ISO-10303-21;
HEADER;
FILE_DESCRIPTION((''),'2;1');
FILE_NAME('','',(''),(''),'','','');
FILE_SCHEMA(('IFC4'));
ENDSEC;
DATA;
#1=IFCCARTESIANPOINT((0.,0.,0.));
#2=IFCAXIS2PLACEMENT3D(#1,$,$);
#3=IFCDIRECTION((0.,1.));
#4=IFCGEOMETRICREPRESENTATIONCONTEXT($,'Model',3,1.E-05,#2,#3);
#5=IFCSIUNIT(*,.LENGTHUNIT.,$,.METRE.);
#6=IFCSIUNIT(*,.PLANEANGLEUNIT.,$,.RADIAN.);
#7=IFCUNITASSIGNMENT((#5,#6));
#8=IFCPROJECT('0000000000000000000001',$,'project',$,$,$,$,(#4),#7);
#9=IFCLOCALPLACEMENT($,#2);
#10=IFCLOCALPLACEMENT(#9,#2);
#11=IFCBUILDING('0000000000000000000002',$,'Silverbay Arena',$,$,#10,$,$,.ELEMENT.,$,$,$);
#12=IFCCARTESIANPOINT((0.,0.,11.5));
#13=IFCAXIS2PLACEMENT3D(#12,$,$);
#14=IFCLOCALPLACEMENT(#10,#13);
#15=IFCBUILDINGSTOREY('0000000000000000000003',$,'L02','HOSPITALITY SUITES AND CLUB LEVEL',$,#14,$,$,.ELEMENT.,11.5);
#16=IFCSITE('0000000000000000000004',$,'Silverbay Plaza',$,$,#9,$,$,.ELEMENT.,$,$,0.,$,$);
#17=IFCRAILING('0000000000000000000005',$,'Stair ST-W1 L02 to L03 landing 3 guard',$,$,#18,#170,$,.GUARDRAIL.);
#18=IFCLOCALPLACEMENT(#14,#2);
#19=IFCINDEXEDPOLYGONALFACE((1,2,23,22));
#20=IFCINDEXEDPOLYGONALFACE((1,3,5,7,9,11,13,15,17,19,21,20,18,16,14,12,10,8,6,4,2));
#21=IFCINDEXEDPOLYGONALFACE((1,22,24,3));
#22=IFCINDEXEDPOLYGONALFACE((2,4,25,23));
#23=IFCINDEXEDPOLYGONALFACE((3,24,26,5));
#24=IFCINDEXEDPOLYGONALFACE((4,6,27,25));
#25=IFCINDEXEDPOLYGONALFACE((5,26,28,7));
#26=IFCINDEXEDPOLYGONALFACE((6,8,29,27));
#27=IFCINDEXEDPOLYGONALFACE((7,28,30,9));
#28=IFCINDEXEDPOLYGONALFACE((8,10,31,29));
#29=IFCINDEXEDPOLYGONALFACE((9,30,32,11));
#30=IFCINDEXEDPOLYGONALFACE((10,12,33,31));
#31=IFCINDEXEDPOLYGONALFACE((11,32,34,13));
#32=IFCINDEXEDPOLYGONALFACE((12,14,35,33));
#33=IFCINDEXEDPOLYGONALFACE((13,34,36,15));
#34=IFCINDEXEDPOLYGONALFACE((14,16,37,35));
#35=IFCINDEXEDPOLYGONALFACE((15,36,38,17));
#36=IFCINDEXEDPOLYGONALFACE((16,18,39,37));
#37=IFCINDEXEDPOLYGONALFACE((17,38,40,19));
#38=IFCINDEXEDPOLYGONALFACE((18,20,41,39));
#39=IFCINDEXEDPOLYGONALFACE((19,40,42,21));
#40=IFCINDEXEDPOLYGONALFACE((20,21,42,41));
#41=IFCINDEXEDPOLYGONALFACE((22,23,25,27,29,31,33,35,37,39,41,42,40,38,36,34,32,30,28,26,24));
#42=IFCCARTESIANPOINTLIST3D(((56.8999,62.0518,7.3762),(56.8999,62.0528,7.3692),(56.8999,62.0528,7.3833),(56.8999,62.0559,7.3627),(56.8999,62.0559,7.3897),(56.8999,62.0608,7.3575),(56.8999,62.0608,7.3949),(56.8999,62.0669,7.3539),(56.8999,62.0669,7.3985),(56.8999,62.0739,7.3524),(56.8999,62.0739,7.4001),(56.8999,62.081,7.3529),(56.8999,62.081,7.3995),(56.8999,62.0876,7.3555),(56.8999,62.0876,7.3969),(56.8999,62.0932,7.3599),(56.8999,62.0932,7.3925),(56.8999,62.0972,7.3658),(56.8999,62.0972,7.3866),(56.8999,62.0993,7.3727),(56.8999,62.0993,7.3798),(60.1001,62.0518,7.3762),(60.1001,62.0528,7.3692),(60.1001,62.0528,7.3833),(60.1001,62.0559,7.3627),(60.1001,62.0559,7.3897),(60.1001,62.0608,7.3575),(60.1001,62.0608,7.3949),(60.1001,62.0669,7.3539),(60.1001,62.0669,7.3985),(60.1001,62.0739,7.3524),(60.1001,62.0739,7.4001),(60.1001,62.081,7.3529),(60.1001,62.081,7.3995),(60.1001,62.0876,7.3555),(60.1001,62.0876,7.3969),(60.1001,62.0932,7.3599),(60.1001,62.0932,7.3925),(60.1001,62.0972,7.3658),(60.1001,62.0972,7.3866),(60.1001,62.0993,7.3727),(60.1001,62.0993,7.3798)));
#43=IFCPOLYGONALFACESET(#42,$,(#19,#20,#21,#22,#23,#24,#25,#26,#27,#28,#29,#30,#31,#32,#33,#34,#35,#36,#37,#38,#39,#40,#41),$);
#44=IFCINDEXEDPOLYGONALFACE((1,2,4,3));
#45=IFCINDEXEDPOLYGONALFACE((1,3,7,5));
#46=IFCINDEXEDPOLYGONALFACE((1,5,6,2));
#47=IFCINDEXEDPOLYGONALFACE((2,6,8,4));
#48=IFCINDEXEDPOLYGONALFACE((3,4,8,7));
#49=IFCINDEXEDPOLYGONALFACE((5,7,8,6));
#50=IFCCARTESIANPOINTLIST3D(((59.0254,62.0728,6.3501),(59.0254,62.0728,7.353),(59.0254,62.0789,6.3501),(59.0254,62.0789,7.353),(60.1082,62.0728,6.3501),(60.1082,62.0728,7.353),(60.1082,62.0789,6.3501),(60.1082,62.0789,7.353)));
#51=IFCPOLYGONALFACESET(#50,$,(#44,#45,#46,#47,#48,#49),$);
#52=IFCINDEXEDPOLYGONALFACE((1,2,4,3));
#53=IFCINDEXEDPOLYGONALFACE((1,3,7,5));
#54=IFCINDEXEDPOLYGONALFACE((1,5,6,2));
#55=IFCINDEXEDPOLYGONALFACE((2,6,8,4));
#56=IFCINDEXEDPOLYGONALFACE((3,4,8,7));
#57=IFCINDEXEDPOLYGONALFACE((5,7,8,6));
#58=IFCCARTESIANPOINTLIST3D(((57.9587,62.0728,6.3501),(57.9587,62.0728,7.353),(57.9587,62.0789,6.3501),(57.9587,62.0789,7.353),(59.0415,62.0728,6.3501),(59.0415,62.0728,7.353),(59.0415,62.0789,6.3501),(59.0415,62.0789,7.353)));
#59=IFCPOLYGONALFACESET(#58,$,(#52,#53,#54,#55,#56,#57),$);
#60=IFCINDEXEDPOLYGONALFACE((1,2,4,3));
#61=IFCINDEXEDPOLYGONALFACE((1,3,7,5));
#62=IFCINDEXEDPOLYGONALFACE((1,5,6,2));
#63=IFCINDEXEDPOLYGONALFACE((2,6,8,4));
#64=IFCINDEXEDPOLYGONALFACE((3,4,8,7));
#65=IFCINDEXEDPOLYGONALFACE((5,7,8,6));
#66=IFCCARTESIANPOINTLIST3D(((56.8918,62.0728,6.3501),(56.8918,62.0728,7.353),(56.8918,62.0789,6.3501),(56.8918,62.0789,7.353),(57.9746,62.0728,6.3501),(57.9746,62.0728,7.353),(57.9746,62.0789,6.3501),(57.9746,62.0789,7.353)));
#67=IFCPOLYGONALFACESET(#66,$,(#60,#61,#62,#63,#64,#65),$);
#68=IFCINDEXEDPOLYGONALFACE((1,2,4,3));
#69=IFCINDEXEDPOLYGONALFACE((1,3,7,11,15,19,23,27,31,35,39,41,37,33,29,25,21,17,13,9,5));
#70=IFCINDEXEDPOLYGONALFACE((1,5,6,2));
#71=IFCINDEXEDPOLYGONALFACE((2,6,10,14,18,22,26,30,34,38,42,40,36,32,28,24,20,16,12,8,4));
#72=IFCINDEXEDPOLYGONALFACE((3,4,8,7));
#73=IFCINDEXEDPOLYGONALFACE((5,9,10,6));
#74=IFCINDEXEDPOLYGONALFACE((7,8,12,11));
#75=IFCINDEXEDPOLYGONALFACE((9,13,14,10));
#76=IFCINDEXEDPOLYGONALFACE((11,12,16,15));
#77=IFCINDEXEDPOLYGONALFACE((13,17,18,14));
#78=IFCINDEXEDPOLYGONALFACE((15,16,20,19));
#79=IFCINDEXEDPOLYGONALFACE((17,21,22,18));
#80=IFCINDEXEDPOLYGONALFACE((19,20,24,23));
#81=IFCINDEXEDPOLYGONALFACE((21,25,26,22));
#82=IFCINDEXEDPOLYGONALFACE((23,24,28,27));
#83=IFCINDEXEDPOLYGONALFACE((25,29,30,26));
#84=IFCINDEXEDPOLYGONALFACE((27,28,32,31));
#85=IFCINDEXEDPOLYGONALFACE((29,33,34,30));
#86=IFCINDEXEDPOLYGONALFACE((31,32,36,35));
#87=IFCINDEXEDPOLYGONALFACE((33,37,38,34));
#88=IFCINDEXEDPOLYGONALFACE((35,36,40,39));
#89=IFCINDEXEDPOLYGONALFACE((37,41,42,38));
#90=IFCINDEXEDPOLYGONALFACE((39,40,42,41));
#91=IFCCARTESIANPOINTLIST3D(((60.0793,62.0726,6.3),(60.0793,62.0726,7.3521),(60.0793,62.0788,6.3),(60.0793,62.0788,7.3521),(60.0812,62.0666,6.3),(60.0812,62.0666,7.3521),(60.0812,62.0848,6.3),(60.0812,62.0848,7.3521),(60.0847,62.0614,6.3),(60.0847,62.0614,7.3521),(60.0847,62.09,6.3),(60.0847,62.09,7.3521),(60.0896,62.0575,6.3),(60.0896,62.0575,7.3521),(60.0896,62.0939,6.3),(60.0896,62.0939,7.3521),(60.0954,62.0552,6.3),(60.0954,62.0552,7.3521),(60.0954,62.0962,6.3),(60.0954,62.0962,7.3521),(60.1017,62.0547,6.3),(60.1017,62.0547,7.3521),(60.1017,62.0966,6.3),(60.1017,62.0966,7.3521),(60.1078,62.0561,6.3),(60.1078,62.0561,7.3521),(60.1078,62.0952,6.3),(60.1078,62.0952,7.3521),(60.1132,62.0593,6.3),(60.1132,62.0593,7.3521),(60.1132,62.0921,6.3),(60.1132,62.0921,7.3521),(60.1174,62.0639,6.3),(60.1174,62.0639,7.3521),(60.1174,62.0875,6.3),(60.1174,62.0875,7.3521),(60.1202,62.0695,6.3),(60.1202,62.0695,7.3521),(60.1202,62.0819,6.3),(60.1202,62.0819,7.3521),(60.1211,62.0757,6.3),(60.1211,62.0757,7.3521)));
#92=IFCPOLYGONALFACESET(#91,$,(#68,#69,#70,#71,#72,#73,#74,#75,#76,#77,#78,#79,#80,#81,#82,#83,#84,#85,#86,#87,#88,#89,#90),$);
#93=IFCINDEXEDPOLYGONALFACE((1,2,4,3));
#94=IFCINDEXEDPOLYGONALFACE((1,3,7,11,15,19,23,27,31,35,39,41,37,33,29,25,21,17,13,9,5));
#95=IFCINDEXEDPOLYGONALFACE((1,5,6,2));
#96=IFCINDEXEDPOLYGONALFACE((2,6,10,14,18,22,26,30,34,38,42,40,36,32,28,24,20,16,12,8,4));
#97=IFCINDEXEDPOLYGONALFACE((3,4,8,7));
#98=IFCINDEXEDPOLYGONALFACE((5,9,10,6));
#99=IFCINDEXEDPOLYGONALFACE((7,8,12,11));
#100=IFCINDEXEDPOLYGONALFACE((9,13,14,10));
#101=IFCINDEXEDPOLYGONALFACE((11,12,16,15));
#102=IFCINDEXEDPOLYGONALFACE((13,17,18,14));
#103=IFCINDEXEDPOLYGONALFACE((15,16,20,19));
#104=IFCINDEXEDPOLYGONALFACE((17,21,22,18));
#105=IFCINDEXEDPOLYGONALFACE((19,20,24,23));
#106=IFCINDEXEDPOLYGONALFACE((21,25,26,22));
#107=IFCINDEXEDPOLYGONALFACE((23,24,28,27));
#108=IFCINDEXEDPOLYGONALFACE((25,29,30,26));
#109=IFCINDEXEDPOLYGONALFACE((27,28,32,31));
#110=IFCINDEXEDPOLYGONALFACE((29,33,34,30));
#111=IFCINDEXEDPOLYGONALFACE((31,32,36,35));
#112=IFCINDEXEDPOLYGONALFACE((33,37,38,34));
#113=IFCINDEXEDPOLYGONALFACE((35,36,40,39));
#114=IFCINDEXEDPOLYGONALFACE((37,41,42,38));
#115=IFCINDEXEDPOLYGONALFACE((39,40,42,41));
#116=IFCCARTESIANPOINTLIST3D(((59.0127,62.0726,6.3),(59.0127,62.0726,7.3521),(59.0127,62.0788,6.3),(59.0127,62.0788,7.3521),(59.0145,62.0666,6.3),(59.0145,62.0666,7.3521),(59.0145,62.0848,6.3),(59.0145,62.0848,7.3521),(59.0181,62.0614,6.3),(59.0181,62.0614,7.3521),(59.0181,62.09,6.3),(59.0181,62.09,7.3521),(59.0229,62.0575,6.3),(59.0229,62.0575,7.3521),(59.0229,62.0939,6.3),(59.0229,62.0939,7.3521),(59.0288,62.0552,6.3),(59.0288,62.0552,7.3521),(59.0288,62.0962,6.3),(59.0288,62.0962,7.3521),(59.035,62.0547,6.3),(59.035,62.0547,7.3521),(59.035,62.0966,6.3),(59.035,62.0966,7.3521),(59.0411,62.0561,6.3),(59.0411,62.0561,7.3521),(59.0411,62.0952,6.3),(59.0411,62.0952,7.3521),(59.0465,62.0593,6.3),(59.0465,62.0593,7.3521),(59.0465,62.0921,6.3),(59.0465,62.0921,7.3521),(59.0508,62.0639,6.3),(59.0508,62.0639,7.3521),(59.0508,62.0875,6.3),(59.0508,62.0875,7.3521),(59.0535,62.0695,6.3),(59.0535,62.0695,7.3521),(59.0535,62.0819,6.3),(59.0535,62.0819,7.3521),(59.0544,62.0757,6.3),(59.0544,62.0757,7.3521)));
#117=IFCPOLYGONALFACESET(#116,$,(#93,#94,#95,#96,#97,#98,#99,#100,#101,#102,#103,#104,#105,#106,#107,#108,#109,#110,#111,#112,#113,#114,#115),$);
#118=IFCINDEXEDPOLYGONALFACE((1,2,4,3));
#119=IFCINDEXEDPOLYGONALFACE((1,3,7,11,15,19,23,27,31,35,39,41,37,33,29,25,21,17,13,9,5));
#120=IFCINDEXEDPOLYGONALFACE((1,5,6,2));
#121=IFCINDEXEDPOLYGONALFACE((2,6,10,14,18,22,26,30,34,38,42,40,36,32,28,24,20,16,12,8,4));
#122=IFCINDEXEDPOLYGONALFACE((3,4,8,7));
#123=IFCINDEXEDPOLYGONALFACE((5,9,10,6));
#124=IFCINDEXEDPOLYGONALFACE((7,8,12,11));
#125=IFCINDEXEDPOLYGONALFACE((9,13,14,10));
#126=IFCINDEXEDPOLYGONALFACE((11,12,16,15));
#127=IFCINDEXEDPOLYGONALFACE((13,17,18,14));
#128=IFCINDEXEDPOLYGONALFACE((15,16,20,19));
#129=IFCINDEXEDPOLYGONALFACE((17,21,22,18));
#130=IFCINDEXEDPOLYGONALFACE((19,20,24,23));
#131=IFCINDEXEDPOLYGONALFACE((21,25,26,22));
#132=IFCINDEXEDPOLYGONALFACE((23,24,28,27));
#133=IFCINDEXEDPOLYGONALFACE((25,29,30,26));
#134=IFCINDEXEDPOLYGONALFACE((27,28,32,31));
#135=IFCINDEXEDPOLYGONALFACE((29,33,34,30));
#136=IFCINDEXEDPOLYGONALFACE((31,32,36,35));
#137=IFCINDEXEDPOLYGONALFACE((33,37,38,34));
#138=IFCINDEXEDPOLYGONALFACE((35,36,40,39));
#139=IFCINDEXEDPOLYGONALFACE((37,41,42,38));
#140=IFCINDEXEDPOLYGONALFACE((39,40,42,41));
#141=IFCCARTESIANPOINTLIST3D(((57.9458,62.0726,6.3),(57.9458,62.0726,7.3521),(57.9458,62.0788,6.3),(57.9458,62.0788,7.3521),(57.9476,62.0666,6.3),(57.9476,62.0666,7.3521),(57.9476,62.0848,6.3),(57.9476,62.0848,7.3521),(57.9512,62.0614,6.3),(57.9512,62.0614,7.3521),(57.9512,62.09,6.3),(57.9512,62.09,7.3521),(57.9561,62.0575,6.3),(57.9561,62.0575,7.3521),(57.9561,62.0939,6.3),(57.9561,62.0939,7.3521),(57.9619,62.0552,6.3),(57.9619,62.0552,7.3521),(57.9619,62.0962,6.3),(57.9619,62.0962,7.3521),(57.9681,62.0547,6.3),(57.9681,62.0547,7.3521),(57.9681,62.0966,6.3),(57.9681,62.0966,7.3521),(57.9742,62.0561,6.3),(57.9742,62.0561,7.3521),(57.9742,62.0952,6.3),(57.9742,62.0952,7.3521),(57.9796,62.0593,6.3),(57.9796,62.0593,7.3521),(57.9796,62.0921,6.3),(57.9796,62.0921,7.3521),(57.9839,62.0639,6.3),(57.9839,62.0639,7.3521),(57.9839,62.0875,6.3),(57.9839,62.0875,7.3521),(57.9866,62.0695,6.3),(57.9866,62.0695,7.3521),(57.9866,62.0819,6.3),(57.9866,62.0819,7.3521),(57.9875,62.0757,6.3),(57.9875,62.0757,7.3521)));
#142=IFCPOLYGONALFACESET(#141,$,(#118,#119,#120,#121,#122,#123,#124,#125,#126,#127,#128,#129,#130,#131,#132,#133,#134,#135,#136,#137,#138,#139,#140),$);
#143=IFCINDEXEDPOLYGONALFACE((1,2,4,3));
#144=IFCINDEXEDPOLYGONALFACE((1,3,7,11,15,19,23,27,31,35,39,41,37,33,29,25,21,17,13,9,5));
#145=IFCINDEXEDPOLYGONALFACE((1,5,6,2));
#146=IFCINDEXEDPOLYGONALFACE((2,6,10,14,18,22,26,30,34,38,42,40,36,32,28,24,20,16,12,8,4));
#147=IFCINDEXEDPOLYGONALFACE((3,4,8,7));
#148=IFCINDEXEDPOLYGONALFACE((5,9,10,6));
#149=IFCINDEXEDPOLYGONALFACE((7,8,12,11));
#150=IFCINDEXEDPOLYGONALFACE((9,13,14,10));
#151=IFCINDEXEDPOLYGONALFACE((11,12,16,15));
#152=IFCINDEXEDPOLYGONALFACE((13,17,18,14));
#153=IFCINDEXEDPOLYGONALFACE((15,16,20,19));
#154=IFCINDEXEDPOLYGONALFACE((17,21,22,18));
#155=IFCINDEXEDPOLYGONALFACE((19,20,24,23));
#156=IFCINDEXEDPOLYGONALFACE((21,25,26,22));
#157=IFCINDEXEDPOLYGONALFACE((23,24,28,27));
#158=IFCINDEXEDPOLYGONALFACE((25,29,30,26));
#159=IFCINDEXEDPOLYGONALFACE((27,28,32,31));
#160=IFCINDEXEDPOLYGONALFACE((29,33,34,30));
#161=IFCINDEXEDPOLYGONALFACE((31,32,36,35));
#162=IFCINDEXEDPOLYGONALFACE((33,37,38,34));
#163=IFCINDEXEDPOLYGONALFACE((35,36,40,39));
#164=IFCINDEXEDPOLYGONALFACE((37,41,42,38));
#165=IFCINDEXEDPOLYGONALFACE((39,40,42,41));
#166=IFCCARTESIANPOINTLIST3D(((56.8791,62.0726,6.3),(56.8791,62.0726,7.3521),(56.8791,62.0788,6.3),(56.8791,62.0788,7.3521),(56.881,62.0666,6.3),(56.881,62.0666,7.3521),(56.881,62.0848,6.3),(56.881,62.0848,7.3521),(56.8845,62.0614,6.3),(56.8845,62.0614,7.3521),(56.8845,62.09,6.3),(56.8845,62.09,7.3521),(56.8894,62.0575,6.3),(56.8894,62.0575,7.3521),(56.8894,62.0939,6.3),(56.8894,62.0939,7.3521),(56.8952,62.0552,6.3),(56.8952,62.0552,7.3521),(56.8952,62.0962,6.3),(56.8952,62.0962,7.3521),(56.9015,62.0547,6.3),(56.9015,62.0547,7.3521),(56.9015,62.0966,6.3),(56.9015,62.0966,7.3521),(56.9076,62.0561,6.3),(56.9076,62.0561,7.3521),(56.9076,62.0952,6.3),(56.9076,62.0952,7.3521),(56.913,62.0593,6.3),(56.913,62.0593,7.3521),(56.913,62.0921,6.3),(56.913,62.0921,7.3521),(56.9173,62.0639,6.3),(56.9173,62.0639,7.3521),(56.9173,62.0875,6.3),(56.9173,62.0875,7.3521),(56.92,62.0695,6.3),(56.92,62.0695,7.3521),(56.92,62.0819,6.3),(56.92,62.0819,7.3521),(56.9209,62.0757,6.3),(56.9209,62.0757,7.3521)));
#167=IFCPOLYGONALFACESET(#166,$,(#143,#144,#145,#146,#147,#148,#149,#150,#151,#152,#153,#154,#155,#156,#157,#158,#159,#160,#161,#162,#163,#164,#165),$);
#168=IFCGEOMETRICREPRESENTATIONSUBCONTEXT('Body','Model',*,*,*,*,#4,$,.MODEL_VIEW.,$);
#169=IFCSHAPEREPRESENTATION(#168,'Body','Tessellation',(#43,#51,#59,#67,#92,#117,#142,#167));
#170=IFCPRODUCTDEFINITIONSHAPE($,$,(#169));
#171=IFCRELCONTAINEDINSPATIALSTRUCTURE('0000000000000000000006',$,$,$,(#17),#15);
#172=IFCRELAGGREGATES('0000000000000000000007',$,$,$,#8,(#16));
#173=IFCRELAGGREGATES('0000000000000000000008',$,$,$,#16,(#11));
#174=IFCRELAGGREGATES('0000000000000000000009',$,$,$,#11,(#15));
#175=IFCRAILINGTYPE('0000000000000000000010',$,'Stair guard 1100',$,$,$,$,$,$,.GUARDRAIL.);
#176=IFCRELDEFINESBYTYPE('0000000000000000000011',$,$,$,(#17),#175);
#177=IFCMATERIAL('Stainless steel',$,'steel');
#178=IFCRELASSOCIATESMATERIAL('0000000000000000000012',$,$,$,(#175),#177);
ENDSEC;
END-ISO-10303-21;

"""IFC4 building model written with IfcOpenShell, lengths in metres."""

from ifc_helpers import new_model, si_unit, direction, frame, origin, origin_2d, place, context, subcontext, project, spatial, polyline, circle, outline, extrude, material, type_object, element, save


model = new_model("IFC4")

# Units and contexts
model_context = context("Model", 3, precision=1e-05, world=origin(), true_north=direction((0.0, 1.0)))
body_context = subcontext(model_context, "Body", "Model", "MODEL_VIEW")
ifc_project = project(units=[si_unit("LENGTHUNIT", "METRE"), si_unit("PLANEANGLEUNIT", "RADIAN")], contexts=[model_context])

# Site, building, storey
site_placement = place(None, origin())
site = spatial("IfcSite", under=ifc_project, at=site_placement, Name="Silverbay Plaza", CompositionType="ELEMENT", RefElevation=0.0)
building_placement = place(site_placement, origin())
building = spatial("IfcBuilding", under=site, at=building_placement, Name="Silverbay Arena", CompositionType="ELEMENT")
storey_placement = place(building_placement, frame((0.0, 0.0, 11.5)))
storey = spatial("IfcBuildingStorey", under=building, at=storey_placement, Name="L02", Description="HOSPITALITY SUITES AND CLUB LEVEL", CompositionType="ELEMENT", Elevation=11.5)

# Railing
ifc_material_1 = material(Name="Stainless steel", Category="steel")
railing_type_1 = type_object("IfcRailingType", Name="Stair guard 1100", PredefinedType="GUARDRAIL", material=ifc_material_1)
for number, where, name in (
    (1, (60.1001, 62.0757, 6.3), "Stair ST-W1 L02 to L03 landing 3 guard"),
):
    element("IfcRailing", number, at=place(storey_placement, frame(where)), inside=storey, type_object=railing_type_1, Name=name, PredefinedType="GUARDRAIL", context=body_context, shape_type="SweptSolid", body=[
        extrude(circle(Radius=0.0239, at=origin_2d()), frame((0.0, 0.0, 1.0762), z_axis=(-1.0, 0.0, 0.0), x_axis=(0.0, -1.0, 0.0)), (0.0, 0.0, 1.0), 3.2002),
        extrude(outline(polyline([(-0.0081, 0.05), (1.0747, 0.05), (1.0747, 1.053), (-0.0081, 1.053), (-0.0081, 0.05)])), frame((0.0, -0.0029, 0.0), z_axis=(0.0, 1.0, 0.0), x_axis=(-1.0, 0.0, 0.0)), (0.0, 0.0, 1.0), 0.0061),
        extrude(outline(polyline([(-0.0081, 0.05), (1.0747, 0.05), (1.0747, 1.053), (-0.0081, 1.053), (-0.0081, 0.05)])), frame((-1.0667, -0.0029, 0.0), z_axis=(0.0, 1.0, 0.0), x_axis=(-1.0, 0.0, 0.0)), (0.0, 0.0, 1.0), 0.0061),
        extrude(outline(polyline([(-0.0081, 0.05), (1.0747, 0.05), (1.0747, 1.053), (-0.0081, 1.053), (-0.0081, 0.05)])), frame((-2.1335, -0.0029, 0.0), z_axis=(0.0, 1.0, 0.0), x_axis=(-1.0, 0.0, 0.0)), (0.0, 0.0, 1.0), 0.0061),
        extrude(circle(Radius=0.021, at=origin_2d()), origin(), (0.0, 0.0, 1.0), 1.052),
        extrude(circle(Radius=0.021, at=origin_2d()), frame((-1.0667, 0.0, 0.0)), (0.0, 0.0, 1.0), 1.052),
        extrude(circle(Radius=0.021, at=origin_2d()), frame((-2.1335, 0.0, 0.0)), (0.0, 0.0, 1.0), 1.052),
        extrude(circle(Radius=0.021, at=origin_2d()), frame((-3.2002, 0.0, 0.0)), (0.0, 0.0, 1.0), 1.052),
    ])

save(model, "model.ifc")
